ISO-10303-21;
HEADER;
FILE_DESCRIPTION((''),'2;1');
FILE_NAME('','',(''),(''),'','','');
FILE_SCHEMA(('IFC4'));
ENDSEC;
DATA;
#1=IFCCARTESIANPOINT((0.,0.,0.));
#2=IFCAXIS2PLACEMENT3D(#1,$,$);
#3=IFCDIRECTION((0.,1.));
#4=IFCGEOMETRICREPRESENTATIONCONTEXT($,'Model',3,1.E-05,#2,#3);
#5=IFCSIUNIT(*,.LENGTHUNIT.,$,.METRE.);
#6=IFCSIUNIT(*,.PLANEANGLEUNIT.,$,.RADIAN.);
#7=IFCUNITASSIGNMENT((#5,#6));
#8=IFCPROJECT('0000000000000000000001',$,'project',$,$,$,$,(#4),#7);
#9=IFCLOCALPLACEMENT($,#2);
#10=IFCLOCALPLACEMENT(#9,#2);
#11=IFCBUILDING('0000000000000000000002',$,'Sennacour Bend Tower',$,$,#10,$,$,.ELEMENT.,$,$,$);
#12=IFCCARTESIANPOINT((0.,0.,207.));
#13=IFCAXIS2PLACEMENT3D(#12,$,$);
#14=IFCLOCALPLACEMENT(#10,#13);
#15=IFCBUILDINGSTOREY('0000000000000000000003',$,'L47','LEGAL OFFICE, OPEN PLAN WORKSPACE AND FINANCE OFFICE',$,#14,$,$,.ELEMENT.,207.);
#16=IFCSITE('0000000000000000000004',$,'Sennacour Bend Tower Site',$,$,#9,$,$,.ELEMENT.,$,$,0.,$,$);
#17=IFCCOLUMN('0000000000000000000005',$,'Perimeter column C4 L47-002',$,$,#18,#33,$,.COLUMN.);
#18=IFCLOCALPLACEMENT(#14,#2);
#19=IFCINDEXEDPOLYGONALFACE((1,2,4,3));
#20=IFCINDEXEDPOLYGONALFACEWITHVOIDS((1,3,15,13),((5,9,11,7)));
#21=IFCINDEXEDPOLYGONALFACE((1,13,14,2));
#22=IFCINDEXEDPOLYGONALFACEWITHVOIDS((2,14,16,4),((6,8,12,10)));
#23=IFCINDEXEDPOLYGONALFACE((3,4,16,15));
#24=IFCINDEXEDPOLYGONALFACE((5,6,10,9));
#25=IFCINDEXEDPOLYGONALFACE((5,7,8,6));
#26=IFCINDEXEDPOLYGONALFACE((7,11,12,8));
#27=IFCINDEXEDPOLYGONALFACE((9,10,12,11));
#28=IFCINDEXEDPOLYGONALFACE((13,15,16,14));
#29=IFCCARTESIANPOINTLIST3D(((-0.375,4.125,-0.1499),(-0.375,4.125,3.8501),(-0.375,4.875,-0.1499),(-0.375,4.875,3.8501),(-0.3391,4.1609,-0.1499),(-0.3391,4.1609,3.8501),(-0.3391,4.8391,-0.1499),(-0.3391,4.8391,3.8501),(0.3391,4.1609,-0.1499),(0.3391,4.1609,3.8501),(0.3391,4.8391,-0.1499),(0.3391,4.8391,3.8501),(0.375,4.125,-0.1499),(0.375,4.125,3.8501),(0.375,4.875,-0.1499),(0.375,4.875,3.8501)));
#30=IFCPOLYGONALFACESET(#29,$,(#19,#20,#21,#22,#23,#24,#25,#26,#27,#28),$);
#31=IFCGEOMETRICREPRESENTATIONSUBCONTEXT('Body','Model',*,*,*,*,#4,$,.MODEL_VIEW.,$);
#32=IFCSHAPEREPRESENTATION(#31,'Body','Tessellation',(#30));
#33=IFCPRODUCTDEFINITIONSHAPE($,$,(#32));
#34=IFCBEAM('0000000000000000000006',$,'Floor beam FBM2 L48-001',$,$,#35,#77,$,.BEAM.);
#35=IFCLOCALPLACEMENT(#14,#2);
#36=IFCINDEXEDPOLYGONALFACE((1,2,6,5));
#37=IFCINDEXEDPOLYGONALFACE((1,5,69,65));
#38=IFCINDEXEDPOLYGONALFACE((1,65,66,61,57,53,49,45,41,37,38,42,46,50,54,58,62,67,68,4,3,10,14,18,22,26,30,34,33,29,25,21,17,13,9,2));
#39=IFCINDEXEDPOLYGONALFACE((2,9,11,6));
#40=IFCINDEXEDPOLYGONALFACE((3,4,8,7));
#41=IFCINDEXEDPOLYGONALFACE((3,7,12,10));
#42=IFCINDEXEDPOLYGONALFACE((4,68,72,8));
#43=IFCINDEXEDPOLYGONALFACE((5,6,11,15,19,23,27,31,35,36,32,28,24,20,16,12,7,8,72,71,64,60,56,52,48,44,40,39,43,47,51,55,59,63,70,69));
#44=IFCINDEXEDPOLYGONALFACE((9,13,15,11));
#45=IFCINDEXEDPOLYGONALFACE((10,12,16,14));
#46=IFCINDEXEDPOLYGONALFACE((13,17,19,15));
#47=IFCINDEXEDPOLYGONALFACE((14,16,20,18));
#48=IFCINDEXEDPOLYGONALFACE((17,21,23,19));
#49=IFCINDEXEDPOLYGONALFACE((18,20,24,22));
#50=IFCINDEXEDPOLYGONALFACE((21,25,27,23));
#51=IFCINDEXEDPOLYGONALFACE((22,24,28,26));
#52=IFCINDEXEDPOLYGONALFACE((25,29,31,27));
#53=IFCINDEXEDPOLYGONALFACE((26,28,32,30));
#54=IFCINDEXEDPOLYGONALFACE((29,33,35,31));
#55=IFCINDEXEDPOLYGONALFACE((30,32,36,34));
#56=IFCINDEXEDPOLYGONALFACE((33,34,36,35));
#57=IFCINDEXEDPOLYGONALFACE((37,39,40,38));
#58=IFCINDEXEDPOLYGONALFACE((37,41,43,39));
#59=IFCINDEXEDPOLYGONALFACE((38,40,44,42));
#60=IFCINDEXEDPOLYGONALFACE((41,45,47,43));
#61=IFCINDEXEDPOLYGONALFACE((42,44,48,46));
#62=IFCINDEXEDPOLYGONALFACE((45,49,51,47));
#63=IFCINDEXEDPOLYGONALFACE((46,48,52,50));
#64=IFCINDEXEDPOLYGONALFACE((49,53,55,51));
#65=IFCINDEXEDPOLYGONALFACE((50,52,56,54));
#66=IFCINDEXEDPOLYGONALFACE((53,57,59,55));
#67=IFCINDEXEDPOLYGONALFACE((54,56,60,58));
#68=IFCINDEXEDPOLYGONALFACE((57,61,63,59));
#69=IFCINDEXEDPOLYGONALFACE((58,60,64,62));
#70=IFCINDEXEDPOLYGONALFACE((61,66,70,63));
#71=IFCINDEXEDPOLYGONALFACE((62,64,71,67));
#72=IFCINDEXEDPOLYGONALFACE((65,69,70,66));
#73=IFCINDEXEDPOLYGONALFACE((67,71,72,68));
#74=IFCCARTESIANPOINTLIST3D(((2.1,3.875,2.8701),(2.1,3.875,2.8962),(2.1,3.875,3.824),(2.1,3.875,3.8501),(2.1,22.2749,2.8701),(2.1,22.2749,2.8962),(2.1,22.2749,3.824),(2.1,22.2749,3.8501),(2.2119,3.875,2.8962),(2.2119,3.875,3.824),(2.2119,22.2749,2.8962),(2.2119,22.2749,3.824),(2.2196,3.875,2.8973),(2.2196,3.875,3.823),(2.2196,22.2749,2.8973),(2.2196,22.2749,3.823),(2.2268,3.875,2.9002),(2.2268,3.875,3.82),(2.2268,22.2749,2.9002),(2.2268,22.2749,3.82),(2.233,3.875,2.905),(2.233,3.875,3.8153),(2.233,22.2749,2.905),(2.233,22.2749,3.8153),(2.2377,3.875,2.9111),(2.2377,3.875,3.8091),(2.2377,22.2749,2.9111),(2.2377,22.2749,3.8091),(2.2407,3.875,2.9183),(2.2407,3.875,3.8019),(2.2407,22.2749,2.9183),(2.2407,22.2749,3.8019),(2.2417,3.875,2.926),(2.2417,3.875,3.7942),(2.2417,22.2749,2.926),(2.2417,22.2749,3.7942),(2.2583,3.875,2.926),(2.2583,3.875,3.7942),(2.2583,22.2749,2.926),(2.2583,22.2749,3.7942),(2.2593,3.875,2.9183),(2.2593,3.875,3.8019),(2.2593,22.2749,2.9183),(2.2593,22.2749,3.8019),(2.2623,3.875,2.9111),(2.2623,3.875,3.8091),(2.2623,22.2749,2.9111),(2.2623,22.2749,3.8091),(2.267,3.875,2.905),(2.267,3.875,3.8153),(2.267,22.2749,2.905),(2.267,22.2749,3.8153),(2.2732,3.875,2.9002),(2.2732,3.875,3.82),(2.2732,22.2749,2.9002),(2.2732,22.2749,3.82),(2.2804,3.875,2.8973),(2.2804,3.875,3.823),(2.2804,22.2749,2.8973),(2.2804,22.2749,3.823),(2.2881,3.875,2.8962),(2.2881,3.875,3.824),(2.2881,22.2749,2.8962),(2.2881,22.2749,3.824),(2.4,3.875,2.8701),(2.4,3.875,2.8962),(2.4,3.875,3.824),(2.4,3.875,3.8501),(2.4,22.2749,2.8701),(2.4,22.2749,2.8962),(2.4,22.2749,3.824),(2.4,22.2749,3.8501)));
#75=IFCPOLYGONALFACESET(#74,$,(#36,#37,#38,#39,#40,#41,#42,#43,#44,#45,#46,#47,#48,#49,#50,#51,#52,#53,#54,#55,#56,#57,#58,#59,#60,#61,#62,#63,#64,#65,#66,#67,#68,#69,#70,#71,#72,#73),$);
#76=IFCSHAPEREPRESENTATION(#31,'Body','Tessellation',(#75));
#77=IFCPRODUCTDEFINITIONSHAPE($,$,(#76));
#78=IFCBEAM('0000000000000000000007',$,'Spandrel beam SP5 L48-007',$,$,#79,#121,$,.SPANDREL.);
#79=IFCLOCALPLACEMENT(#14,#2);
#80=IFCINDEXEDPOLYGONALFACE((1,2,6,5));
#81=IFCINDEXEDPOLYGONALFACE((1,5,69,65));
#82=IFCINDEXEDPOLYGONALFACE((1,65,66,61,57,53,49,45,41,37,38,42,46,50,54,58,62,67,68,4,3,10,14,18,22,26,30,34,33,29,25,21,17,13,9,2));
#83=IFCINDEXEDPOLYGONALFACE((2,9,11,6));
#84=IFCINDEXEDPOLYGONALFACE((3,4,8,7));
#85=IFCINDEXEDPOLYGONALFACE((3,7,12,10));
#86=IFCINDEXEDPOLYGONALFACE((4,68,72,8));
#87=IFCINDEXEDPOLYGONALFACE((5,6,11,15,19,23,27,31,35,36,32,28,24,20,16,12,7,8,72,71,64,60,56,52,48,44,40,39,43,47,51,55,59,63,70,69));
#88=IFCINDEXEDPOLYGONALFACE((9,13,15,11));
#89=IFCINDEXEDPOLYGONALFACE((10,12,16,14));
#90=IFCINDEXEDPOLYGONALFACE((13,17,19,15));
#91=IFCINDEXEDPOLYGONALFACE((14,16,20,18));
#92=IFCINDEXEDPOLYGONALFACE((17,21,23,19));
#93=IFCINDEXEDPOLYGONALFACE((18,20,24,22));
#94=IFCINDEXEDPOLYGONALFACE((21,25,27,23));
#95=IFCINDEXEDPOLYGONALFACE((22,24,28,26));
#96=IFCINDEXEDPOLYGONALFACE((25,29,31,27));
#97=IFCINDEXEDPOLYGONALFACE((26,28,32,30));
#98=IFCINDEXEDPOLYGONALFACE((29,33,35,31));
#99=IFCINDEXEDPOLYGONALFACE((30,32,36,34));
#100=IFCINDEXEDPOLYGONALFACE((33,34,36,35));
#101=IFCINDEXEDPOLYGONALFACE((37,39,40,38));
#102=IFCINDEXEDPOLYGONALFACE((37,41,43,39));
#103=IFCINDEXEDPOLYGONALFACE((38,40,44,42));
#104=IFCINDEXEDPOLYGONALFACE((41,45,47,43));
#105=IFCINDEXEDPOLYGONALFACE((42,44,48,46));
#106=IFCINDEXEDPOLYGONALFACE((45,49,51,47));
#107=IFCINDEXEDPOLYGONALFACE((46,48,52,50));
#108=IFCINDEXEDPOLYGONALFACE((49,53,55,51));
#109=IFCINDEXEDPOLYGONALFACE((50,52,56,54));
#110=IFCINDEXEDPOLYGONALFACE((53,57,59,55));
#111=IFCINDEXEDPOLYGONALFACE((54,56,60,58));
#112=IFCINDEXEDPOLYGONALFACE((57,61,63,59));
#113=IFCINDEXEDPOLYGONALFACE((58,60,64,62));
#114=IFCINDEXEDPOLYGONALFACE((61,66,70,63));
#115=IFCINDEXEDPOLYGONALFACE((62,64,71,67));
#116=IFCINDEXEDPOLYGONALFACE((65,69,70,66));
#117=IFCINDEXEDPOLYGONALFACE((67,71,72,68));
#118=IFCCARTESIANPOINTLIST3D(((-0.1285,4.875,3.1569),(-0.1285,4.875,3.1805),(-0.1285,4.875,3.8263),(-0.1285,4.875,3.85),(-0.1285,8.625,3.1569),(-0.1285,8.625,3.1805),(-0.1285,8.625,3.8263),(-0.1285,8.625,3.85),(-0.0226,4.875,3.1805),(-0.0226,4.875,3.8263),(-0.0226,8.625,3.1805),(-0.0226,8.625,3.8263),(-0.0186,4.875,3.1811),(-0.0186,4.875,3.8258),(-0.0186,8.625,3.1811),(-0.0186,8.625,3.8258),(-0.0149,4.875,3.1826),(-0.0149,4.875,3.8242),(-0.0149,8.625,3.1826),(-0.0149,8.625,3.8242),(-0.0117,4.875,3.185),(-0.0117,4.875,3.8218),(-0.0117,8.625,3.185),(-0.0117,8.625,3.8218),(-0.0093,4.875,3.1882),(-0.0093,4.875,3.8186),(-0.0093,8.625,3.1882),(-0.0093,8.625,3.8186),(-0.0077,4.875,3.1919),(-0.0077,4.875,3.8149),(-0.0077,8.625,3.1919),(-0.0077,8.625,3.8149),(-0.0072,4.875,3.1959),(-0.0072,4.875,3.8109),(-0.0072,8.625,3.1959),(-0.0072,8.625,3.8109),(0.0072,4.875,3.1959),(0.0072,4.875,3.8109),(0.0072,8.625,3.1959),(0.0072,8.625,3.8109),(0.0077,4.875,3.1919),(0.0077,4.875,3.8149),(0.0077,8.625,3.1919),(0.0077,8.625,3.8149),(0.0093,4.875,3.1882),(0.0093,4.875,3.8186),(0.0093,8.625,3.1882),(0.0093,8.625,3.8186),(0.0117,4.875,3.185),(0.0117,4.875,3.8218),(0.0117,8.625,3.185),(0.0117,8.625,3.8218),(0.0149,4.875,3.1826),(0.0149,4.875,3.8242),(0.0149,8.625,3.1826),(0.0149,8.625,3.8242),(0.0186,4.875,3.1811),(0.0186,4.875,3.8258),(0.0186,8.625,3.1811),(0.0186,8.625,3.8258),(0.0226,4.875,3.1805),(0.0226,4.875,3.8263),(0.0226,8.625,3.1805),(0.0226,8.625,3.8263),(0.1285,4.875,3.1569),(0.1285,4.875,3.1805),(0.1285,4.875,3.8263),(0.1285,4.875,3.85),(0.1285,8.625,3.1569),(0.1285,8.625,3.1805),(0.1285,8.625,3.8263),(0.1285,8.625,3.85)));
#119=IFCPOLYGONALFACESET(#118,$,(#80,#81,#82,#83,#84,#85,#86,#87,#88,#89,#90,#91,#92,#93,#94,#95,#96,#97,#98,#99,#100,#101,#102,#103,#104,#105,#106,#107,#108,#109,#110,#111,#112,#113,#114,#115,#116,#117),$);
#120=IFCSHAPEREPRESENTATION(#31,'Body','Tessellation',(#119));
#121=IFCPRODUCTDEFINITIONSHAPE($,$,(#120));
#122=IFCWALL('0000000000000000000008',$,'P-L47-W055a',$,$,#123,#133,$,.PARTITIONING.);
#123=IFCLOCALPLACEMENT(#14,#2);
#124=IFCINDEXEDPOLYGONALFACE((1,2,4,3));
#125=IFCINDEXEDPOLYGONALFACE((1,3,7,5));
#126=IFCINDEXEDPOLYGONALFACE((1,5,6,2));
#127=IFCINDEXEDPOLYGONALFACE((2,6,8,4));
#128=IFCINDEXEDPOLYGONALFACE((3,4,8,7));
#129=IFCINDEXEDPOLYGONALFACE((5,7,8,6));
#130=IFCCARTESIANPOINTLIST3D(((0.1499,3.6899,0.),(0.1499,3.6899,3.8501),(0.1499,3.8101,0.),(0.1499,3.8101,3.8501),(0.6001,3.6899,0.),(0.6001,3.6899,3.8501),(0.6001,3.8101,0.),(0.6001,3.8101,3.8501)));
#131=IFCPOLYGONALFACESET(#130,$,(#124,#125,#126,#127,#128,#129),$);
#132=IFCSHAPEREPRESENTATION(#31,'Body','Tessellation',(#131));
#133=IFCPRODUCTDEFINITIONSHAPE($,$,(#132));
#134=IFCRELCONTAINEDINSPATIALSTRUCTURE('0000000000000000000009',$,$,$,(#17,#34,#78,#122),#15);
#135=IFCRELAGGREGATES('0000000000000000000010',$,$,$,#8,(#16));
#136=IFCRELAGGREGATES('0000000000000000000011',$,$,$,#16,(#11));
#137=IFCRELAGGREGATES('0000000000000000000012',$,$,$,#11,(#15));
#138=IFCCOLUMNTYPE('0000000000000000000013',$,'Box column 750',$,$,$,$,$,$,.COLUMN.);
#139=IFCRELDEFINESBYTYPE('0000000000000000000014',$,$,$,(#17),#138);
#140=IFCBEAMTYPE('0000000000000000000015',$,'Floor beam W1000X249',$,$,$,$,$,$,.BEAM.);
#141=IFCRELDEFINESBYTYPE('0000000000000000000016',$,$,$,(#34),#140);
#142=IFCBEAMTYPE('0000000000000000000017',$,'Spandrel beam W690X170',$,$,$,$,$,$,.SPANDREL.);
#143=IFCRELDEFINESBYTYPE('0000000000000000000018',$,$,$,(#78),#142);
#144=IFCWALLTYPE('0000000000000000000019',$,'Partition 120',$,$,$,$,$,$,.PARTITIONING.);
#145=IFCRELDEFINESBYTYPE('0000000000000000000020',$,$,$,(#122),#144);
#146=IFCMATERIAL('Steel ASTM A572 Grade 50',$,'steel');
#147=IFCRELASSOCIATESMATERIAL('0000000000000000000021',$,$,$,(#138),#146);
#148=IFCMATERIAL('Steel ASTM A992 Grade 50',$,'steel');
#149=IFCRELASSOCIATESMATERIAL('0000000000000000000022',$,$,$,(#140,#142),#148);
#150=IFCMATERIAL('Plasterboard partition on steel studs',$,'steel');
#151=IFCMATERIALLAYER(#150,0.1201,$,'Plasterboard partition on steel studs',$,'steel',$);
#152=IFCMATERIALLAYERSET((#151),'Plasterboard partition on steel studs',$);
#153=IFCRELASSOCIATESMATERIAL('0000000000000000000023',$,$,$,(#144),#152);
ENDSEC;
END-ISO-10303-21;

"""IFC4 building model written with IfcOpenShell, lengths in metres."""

from ifc_helpers import new_model, si_unit, direction, frame, frame_2d, origin, origin_2d, place, context, subcontext, project, spatial, rectangle, hollow_rectangle, i_section, extrude, material, layer, layer_set, material_profile, profile_set, type_object, element, save


model = new_model("IFC4")

# Units and contexts
model_context = context("Model", 3, precision=1e-05, world=origin(), true_north=direction((0.0, 1.0)))
body_context = subcontext(model_context, "Body", "Model", "MODEL_VIEW")
ifc_project = project(units=[si_unit("LENGTHUNIT", "METRE"), si_unit("PLANEANGLEUNIT", "RADIAN")], contexts=[model_context])

# Site, building, storey
site_placement = place(None, origin())
site = spatial("IfcSite", under=ifc_project, at=site_placement, Name="Sennacour Bend Tower Site", CompositionType="ELEMENT", RefElevation=0.0)
building_placement = place(site_placement, origin())
building = spatial("IfcBuilding", under=site, at=building_placement, Name="Sennacour Bend Tower", CompositionType="ELEMENT")
storey_placement = place(building_placement, frame((0.0, 0.0, 207.0)))
storey = spatial("IfcBuildingStorey", under=building, at=storey_placement, Name="L47", Description="LEGAL OFFICE, OPEN PLAN WORKSPACE AND FINANCE OFFICE", CompositionType="ELEMENT", Elevation=207.0)

# Column
ifc_material_1 = material(Name="Steel ASTM A572 Grade 50", Category="steel")
ifc_material_profile_1 = material_profile(ifc_material_1, hollow_rectangle(XDim=0.75, YDim=0.75, WallThickness=0.0359, at=origin_2d()), Name="Steel ASTM A572 Grade 50", Category="steel")
ifc_profile_set_1 = profile_set([ifc_material_profile_1], Name="Steel ASTM A572 Grade 50")
column_type = type_object("IfcColumnType", Name="Box column 750", PredefinedType="COLUMN", material=ifc_profile_set_1)
column_placement = place(storey_placement, frame((0.0, 4.5, -0.1499), z_axis=(0.0, 0.0, 1.0), x_axis=(1.0, 0.0, 0.0)))
element("IfcColumn", 1, at=column_placement, inside=storey, type_object=column_type, Name="Perimeter column C4 L47-002", PredefinedType="COLUMN", context=body_context, shape_type="SweptSolid", body=[
    extrude(hollow_rectangle(XDim=0.75, YDim=0.75, WallThickness=0.0359, at=origin_2d()), origin(), (0.0, 0.0, 1.0), 4.0),
])

# Beams
ifc_material_2 = material(Name="Steel ASTM A992 Grade 50", Category="steel")
ifc_material_profile_2 = material_profile(ifc_material_2, i_section(OverallWidth=0.3, OverallDepth=0.98, WebThickness=0.0166, FlangeThickness=0.0261, FilletRadius=0.0298, at=origin_2d()), Name="Steel ASTM A992 Grade 50", Category="steel")
ifc_profile_set_2 = profile_set([ifc_material_profile_2], Name="Steel ASTM A992 Grade 50")
beam_type_1 = type_object("IfcBeamType", Name="Floor beam W1000X249", PredefinedType="BEAM", material=ifc_profile_set_2)
beam_1_placement = place(storey_placement, frame((2.25, 3.875, 3.3601), z_axis=(0.0, 1.0, 0.0), x_axis=(-1.0, 0.0, 0.0)))
element("IfcBeam", 2, at=beam_1_placement, inside=storey, type_object=beam_type_1, Name="Floor beam FBM2 L48-001", PredefinedType="BEAM", context=body_context, shape_type="SweptSolid", body=[
    extrude(i_section(OverallWidth=0.3, OverallDepth=0.98, WebThickness=0.0166, FlangeThickness=0.0261, FilletRadius=0.0298, at=origin_2d()), origin(), (0.0, 0.0, 1.0), 18.3999),
])
ifc_material_profile_3 = material_profile(ifc_material_2, i_section(OverallWidth=0.2571, OverallDepth=0.6931, WebThickness=0.0144, FlangeThickness=0.0237, FilletRadius=0.0154, at=origin_2d()), Name="Steel ASTM A992 Grade 50", Category="steel")
ifc_profile_set_3 = profile_set([ifc_material_profile_3], Name="Steel ASTM A992 Grade 50")
beam_type_2 = type_object("IfcBeamType", Name="Spandrel beam W690X170", PredefinedType="SPANDREL", material=ifc_profile_set_3)
beam_2_placement = place(storey_placement, frame((0.0, 4.875, 3.5034), z_axis=(0.0, 1.0, 0.0), x_axis=(-1.0, 0.0, 0.0)))
element("IfcBeam", 3, at=beam_2_placement, inside=storey, type_object=beam_type_2, Name="Spandrel beam SP5 L48-007", PredefinedType="SPANDREL", context=body_context, shape_type="SweptSolid", body=[
    extrude(i_section(OverallWidth=0.2571, OverallDepth=0.6931, WebThickness=0.0144, FlangeThickness=0.0237, FilletRadius=0.0154, at=origin_2d()), origin(), (0.0, 0.0, 1.0), 3.75),
])

# Wall
ifc_material_3 = material(Name="Plasterboard partition on steel studs", Category="steel")
ifc_layer_1 = layer(ifc_material_3, 0.1201, Name="Plasterboard partition on steel studs", Category="steel")
ifc_layer_set_1 = layer_set([ifc_layer_1], Name="Plasterboard partition on steel studs")
wall_type_1 = type_object("IfcWallType", Name="Partition 120", PredefinedType="PARTITIONING", material=ifc_layer_set_1)
wall_1_placement = place(storey_placement, frame((0.1499, 3.75, 0.0), z_axis=(0.0, 0.0, 1.0), x_axis=(1.0, 0.0, 0.0)))
element("IfcWall", 4, at=wall_1_placement, inside=storey, type_object=wall_type_1, Name="P-L47-W055a", PredefinedType="PARTITIONING", context=body_context, shape_type="SweptSolid", body=[
    extrude(rectangle(XDim=0.4502, YDim=0.1201, at=frame_2d((0.2251, 0.0))), origin(), (0.0, 0.0, 1.0), 3.8501),
])

save(model, "model.ifc")
